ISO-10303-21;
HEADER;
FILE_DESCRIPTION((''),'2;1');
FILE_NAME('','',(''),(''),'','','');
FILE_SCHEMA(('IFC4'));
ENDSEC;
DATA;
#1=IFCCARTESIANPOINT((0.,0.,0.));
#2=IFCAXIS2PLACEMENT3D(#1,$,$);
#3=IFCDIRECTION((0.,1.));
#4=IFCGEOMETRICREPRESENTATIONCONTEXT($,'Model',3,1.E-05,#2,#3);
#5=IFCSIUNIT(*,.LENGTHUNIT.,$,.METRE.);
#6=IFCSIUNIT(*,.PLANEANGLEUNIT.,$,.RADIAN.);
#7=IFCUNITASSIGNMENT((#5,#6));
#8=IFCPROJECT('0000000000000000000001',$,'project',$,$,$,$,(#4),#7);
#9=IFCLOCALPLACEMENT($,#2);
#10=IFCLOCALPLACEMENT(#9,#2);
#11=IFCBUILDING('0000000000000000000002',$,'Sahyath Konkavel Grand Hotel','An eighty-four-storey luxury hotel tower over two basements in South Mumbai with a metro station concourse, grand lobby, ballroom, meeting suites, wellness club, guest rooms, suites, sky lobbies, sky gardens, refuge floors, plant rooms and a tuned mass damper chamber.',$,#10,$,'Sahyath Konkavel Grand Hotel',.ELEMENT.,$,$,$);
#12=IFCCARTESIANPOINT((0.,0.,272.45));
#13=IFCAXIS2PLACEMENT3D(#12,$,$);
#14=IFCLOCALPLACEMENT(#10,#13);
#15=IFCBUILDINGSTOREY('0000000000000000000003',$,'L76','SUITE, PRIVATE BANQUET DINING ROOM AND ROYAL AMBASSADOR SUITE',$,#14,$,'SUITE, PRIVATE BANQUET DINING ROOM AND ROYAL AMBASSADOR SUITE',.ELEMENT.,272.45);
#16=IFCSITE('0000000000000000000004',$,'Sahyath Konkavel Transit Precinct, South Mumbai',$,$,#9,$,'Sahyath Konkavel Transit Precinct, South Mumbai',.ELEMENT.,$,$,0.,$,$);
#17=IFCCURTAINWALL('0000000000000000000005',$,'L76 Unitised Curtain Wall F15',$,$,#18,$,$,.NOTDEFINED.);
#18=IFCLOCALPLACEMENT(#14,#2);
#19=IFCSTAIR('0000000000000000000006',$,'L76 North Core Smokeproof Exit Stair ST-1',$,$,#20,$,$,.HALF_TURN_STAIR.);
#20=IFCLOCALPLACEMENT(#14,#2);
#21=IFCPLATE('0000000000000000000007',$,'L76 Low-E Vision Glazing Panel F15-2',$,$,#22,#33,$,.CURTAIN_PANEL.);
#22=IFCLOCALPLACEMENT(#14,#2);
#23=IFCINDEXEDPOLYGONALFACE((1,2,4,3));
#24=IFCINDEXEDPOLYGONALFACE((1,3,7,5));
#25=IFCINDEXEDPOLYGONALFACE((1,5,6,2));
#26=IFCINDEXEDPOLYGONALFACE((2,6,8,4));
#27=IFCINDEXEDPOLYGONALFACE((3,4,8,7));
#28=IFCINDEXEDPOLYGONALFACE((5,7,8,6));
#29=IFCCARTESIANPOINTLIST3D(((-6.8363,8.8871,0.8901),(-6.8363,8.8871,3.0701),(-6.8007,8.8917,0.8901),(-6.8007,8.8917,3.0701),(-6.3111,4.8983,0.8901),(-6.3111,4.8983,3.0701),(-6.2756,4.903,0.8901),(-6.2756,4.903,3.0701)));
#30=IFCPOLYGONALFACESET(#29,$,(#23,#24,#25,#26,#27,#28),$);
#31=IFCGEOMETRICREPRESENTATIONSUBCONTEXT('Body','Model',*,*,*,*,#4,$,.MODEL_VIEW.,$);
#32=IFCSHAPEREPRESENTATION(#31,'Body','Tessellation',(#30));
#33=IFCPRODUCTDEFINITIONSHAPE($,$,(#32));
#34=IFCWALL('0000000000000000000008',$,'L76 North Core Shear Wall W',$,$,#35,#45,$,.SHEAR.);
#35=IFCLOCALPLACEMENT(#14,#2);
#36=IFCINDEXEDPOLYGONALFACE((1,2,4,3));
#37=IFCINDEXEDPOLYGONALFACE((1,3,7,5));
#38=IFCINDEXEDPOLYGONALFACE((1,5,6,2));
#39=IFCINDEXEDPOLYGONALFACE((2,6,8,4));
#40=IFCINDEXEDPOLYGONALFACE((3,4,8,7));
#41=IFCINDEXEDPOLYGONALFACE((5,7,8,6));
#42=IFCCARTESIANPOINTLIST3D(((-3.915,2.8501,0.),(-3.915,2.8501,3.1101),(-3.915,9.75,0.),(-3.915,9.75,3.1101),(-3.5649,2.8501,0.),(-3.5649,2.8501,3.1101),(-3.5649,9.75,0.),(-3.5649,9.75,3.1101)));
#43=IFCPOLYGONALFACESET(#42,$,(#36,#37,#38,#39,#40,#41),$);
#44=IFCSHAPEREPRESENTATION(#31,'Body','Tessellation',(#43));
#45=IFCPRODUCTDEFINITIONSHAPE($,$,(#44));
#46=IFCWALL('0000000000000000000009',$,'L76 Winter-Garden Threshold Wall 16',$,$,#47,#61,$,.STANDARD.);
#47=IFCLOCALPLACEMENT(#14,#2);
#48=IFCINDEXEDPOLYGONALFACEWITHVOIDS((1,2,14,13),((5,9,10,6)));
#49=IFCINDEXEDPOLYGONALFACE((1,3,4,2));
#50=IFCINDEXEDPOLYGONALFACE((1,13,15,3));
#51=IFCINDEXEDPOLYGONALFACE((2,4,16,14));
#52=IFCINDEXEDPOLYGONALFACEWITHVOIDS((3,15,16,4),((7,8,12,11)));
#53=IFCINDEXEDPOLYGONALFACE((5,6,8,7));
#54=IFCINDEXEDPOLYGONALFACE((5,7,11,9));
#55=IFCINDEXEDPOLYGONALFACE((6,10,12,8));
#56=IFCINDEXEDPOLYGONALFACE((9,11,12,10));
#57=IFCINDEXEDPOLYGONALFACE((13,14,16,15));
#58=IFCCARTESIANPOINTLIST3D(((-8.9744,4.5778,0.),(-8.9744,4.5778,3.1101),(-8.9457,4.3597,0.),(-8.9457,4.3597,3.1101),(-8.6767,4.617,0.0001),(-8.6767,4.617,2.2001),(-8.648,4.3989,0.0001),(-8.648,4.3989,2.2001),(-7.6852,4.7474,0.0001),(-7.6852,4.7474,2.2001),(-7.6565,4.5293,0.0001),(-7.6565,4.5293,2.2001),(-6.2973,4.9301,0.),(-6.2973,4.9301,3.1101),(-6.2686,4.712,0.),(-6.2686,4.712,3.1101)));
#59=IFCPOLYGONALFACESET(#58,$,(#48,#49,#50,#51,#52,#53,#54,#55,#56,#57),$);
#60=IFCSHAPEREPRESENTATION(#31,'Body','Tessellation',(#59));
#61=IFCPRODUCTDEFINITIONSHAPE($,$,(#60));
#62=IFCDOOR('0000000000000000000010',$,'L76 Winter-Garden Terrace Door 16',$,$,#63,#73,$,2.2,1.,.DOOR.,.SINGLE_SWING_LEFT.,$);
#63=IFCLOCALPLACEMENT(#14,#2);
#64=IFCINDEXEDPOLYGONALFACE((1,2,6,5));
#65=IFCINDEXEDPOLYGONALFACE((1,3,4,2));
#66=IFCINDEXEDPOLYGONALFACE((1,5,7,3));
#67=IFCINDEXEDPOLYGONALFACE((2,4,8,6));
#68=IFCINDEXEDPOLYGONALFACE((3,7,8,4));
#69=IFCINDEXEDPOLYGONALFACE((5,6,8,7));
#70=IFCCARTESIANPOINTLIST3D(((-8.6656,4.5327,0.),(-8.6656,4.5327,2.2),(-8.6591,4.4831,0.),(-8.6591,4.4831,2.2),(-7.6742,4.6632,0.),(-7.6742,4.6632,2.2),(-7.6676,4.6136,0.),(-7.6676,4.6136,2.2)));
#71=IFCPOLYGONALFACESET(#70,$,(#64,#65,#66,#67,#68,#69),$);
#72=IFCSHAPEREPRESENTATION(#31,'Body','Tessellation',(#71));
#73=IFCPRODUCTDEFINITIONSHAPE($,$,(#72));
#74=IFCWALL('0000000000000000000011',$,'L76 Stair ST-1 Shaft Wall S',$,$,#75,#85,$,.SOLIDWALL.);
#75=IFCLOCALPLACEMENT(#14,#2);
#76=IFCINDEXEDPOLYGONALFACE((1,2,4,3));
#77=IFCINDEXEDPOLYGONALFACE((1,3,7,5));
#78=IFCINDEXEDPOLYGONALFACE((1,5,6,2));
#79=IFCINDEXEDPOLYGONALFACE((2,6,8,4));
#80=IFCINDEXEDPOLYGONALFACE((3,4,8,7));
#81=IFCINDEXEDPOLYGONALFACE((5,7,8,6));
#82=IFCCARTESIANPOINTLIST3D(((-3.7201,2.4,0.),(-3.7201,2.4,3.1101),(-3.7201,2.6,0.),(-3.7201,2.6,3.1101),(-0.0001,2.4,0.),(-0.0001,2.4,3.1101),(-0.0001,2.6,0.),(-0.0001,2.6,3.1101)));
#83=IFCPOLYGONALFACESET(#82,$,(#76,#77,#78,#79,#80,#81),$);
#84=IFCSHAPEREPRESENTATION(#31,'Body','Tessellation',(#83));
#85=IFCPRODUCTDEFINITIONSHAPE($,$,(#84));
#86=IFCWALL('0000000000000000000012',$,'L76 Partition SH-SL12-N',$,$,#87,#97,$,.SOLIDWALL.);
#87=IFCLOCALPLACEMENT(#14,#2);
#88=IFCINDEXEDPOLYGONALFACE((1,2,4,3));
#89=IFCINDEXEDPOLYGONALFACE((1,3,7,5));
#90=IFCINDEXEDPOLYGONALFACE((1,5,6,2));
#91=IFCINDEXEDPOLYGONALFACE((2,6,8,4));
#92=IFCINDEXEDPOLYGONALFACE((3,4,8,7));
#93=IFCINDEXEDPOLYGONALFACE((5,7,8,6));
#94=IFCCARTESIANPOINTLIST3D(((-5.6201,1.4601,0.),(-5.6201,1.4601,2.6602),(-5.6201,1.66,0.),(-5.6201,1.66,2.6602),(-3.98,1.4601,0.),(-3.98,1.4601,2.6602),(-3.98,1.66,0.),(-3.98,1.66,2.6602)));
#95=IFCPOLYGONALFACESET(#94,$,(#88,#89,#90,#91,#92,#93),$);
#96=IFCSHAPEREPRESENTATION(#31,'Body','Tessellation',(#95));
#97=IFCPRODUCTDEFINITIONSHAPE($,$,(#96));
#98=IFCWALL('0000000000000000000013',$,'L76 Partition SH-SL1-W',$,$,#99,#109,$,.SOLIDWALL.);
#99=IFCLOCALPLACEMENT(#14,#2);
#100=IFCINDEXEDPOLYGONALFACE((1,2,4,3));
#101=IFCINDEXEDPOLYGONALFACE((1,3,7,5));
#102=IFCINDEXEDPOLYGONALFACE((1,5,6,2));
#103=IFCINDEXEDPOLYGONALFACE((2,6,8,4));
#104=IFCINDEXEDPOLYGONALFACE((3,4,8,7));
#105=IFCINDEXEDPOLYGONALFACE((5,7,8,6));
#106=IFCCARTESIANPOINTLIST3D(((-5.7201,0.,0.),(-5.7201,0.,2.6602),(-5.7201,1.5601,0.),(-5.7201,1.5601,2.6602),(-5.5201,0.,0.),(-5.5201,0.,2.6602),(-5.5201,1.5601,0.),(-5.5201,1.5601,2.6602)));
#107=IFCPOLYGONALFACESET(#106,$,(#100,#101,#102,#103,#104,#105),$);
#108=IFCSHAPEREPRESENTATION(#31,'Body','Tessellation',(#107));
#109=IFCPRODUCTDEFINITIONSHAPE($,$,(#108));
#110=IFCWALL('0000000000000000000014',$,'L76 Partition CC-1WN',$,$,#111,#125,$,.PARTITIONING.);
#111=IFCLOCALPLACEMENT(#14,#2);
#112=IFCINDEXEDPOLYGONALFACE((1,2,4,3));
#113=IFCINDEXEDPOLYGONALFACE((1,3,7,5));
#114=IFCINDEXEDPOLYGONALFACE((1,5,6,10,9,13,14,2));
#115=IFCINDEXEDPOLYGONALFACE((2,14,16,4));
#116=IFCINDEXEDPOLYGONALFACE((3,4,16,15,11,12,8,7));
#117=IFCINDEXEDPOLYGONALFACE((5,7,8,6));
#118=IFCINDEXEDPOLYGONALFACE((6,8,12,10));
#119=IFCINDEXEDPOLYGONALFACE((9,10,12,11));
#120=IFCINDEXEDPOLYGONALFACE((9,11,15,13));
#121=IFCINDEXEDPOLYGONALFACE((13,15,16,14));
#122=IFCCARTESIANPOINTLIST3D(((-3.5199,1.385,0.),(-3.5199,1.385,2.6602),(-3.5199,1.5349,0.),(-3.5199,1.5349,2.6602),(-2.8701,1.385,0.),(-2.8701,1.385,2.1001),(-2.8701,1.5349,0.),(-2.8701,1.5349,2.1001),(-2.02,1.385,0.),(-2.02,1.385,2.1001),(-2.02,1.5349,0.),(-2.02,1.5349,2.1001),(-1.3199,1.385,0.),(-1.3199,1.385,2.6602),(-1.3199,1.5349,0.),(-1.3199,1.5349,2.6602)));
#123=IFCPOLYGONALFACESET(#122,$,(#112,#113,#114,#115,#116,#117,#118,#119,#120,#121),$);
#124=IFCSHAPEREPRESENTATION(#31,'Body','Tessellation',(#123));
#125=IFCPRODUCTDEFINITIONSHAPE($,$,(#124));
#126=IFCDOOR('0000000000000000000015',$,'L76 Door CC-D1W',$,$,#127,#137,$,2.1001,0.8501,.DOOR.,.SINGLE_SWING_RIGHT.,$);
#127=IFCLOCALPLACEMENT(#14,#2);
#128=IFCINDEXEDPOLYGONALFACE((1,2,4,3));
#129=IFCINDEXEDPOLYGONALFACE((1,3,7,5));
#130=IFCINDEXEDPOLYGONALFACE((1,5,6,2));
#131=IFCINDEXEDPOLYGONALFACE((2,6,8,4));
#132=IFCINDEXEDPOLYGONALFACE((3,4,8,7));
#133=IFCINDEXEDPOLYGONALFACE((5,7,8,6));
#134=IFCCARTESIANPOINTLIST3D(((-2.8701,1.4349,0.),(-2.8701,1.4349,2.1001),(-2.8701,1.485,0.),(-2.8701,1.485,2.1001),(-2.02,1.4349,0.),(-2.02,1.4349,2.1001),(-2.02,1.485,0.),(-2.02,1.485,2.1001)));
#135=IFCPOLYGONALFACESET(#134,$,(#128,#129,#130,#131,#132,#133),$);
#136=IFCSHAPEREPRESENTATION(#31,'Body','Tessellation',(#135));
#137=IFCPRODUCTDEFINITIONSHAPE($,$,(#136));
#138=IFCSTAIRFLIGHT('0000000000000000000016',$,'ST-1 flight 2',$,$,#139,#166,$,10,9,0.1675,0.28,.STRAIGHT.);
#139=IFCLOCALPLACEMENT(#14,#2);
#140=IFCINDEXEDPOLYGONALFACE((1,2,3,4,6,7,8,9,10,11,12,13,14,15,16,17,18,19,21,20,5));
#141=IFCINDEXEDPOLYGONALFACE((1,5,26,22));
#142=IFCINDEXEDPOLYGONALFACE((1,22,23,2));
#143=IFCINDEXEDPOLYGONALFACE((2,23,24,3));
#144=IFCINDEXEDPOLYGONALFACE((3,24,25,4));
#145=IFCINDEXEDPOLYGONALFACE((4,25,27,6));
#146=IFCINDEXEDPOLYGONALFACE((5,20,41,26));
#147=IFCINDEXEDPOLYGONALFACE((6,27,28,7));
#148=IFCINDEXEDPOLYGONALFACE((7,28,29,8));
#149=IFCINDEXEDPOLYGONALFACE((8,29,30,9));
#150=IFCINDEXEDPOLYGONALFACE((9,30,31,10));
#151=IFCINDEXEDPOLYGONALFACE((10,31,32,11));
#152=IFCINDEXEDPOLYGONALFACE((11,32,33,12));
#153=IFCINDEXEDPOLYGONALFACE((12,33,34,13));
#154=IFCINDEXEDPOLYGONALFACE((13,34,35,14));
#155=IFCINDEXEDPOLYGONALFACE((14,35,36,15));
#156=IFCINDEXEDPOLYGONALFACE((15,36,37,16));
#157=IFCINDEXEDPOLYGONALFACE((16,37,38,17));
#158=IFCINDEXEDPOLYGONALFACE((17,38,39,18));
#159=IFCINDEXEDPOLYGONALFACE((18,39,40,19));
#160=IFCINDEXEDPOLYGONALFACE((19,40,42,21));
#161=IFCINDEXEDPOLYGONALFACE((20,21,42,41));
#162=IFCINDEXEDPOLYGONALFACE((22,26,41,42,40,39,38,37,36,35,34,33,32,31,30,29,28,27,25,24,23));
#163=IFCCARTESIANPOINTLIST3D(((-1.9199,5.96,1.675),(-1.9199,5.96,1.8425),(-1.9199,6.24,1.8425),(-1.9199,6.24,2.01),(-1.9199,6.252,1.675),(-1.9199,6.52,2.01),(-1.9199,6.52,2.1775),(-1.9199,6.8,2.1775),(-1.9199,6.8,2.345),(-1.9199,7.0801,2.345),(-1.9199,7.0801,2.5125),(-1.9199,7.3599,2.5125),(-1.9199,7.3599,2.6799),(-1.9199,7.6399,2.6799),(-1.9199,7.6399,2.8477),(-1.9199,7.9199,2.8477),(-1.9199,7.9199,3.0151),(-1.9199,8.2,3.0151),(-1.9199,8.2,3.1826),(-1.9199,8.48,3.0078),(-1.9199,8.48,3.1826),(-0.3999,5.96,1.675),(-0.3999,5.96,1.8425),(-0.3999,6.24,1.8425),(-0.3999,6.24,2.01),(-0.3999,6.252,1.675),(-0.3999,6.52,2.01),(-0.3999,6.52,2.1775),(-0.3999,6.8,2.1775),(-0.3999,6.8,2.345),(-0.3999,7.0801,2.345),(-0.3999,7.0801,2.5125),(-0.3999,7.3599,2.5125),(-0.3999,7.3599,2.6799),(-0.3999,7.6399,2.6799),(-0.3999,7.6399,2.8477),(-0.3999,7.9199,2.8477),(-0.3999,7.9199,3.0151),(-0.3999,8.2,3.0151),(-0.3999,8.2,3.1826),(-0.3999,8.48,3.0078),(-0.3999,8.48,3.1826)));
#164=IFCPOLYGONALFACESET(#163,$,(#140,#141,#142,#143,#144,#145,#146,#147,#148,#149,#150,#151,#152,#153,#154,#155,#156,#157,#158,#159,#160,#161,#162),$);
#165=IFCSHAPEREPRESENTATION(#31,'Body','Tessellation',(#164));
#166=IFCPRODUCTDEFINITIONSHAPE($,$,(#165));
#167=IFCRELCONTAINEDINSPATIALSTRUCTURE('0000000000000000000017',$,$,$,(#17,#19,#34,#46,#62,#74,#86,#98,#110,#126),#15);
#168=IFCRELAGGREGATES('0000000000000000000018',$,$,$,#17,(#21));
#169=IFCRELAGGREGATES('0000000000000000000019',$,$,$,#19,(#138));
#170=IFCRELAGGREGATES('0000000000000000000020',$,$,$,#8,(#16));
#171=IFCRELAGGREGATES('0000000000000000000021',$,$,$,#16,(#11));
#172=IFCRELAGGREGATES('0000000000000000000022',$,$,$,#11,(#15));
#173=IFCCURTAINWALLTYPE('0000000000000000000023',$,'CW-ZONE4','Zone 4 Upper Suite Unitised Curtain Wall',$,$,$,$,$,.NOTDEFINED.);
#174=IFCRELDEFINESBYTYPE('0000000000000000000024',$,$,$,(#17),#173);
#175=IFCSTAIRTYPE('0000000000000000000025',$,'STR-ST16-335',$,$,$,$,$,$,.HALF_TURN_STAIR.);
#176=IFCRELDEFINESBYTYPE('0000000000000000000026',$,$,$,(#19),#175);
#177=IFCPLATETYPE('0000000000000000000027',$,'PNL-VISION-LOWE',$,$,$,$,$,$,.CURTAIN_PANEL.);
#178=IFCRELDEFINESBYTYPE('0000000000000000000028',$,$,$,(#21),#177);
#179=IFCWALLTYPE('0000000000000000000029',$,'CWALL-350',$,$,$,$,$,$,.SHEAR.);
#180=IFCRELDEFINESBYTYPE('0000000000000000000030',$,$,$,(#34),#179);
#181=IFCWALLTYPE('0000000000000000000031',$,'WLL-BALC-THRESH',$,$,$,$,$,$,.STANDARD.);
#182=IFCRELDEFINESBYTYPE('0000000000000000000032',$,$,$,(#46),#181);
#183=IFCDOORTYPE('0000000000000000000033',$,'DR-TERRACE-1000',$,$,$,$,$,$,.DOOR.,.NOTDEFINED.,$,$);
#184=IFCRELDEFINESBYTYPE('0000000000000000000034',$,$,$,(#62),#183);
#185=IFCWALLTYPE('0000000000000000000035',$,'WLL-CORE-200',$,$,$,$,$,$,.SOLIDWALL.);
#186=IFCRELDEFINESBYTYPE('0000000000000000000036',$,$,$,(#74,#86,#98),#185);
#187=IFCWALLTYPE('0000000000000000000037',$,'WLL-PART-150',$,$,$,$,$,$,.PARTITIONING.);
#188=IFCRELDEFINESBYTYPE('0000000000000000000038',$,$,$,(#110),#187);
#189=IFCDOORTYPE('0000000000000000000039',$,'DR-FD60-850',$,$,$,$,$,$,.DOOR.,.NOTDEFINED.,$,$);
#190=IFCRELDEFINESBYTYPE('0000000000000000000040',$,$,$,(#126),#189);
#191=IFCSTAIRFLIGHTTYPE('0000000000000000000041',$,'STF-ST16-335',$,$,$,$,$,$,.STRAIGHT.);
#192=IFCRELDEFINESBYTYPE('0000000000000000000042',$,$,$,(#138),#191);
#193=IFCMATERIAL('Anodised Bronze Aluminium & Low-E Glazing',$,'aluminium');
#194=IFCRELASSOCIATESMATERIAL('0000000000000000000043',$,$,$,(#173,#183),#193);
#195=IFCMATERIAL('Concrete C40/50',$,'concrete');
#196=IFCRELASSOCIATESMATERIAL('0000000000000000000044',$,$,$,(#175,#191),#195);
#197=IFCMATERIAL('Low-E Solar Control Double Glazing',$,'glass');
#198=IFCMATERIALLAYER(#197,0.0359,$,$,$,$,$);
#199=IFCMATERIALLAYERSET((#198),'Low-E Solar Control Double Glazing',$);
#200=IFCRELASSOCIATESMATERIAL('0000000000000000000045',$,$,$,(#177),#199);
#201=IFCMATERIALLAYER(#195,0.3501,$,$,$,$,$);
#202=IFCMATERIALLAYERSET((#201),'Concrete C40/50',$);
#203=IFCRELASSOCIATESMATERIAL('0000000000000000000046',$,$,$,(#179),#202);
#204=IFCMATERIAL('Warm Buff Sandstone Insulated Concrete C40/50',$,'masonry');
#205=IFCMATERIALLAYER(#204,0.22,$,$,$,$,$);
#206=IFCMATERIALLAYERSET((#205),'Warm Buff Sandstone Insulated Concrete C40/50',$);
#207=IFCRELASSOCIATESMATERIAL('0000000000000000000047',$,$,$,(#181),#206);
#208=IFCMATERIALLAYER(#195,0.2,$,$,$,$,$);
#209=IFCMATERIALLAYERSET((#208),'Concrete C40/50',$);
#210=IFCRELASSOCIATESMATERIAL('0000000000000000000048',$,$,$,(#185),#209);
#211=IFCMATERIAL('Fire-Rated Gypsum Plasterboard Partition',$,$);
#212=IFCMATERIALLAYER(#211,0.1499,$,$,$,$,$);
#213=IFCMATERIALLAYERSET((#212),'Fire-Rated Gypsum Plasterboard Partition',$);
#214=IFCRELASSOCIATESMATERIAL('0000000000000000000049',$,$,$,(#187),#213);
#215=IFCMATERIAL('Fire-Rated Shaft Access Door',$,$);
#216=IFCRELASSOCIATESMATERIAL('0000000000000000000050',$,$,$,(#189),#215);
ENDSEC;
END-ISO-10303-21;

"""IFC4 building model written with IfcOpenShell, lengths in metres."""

from ifc_helpers import new_model, si_unit, direction, frame, frame_2d, origin, origin_2d, place, context, subcontext, project, spatial, polyline, rectangle, outline, extrude, source, transform, mapped, material, layer, layer_set, type_object, element, fill, aggregate, save


model = new_model("IFC4")

# Units and contexts
model_context = context("Model", 3, precision=1e-05, world=origin(), true_north=direction((0.0, 1.0)))
body_context = subcontext(model_context, "Body", "Model", "MODEL_VIEW")
ifc_project = project(units=[si_unit("LENGTHUNIT", "METRE"), si_unit("PLANEANGLEUNIT", "RADIAN")], contexts=[model_context])

# Site, building, storey
site_placement = place(None, origin())
site = spatial("IfcSite", under=ifc_project, at=site_placement, Name="Sahyath Konkavel Transit Precinct, South Mumbai", LongName="Sahyath Konkavel Transit Precinct, South Mumbai", CompositionType="ELEMENT", RefElevation=0.0)
building_placement = place(site_placement, origin())
building = spatial("IfcBuilding", under=site, at=building_placement, Name="Sahyath Konkavel Grand Hotel", Description="An eighty-four-storey luxury hotel tower over two basements in South Mumbai with a metro station concourse, grand lobby, ballroom, meeting suites, wellness club, guest rooms, suites, sky lobbies, sky gardens, refuge floors, plant rooms and a tuned mass damper chamber.", LongName="Sahyath Konkavel Grand Hotel", CompositionType="ELEMENT")
storey_placement = place(building_placement, frame((0.0, 0.0, 272.45)))
storey = spatial("IfcBuildingStorey", under=building, at=storey_placement, Name="L76", Description="SUITE, PRIVATE BANQUET DINING ROOM AND ROYAL AMBASSADOR SUITE", LongName="SUITE, PRIVATE BANQUET DINING ROOM AND ROYAL AMBASSADOR SUITE", CompositionType="ELEMENT", Elevation=272.45)

# Shared definitions
ifc_material_1 = material(Name="Concrete C40/50", Category="concrete")

# Curtain wall
ifc_material_2 = material(Name="Anodised Bronze Aluminium & Low-E Glazing", Category="aluminium")
curtain_wall_type = type_object("IfcCurtainWallType", Name="CW-ZONE4", Description="Zone 4 Upper Suite Unitised Curtain Wall", PredefinedType="NOTDEFINED", material=ifc_material_2)
curtain_wall_placement = place(storey_placement, origin())
curtain_wall = element("IfcCurtainWall", 1, at=curtain_wall_placement, inside=storey, type_object=curtain_wall_type, Name="L76 Unitised Curtain Wall F15", PredefinedType="NOTDEFINED")

# Stair
stair_type = type_object("IfcStairType", Name="STR-ST16-335", PredefinedType="HALF_TURN_STAIR", material=ifc_material_1)
stair_1_placement = place(storey_placement, origin())
stair_1 = element("IfcStair", 2, at=stair_1_placement, inside=storey, type_object=stair_type, Name="L76 North Core Smokeproof Exit Stair ST-1", PredefinedType="HALF_TURN_STAIR")

# Plate
ifc_material_3 = material(Name="Low-E Solar Control Double Glazing", Category="glass")
ifc_layer_1 = layer(ifc_material_3, 0.0359)
ifc_layer_set_1 = layer_set([ifc_layer_1], Name="Low-E Solar Control Double Glazing")
plate_type_1 = type_object("IfcPlateType", Name="PNL-VISION-LOWE", PredefinedType="CURTAIN_PANEL", material=ifc_layer_set_1)
shared_shape_1 = source(origin(), body_context, "Body", "SweptSolid", [
    extrude(rectangle(XDim=4.0232, YDim=0.0359, at=origin_2d()), origin(), (0.0, 0.0, 1.0), 2.1799),
])
plate_1_placement = place(storey_placement, frame((-6.5559, 6.895, 0.8901), z_axis=(0.0, 0.0, 1.0), x_axis=(0.130526, -0.991445, 0.0)))
plate_1 = element("IfcPlate", 3, at=plate_1_placement, type_object=plate_type_1, Name="L76 Low-E Vision Glazing Panel F15-2", PredefinedType="CURTAIN_PANEL", context=body_context, shape_type="MappedRepresentation", body=[
    mapped(shared_shape_1, transform((0.0, 0.0, 0.0), scale=1.0)),
])
aggregate(curtain_wall, [plate_1])

# Wall
ifc_layer_2 = layer(ifc_material_1, 0.3501)
ifc_layer_set_2 = layer_set([ifc_layer_2], Name="Concrete C40/50")
wall_type_1 = type_object("IfcWallType", Name="CWALL-350", PredefinedType="SHEAR", material=ifc_layer_set_2)
wall_1_placement = place(storey_placement, frame((-3.74, 2.8501, 0.0), z_axis=(0.0, 0.0, 1.0), x_axis=(0.0, 1.0, 0.0)))
element("IfcWall", 4, at=wall_1_placement, inside=storey, type_object=wall_type_1, Name="L76 North Core Shear Wall W", PredefinedType="SHEAR", context=body_context, shape_type="SweptSolid", body=[
    extrude(rectangle(XDim=6.8999, YDim=0.3501, at=frame_2d((3.45, 0.0))), origin(), (0.0, 0.0, 1.0), 3.1101),
])

# Wall, opening, door
ifc_material_4 = material(Name="Warm Buff Sandstone Insulated Concrete C40/50", Category="masonry")
ifc_layer_3 = layer(ifc_material_4, 0.22)
ifc_layer_set_3 = layer_set([ifc_layer_3], Name="Warm Buff Sandstone Insulated Concrete C40/50")
wall_type_2 = type_object("IfcWallType", Name="WLL-BALC-THRESH", PredefinedType="STANDARD", material=ifc_layer_set_3)
wall_2_placement = place(storey_placement, frame((-6.283, 4.821, 0.0), z_axis=(0.0, 0.0, 1.0), x_axis=(-0.991452, -0.130476, 0.0)))
wall_2 = element("IfcWall", 5, at=wall_2_placement, inside=storey, type_object=wall_type_2, Name="L76 Winter-Garden Threshold Wall 16", PredefinedType="STANDARD", context=body_context, shape_type="SweptSolid", body=[
    extrude(rectangle(XDim=2.7002, YDim=0.22, at=frame_2d((1.3501, 0.0))), origin(), (0.0, 0.0, 1.0), 3.1101),
])
opening_1_placement = place(wall_2_placement, frame((1.3999, 0.0, 0.0)))
opening_1 = element("IfcOpeningElement", 6, at=opening_1_placement, cuts=wall_2, PredefinedType="OPENING", context=body_context, shape_type="SweptSolid", body=[
    extrude(rectangle(XDim=1.0, YDim=2.2, at=frame_2d((0.5, 1.1001))), frame((0.0, 0.1201, 0.0), z_axis=(0.0, -1.0, 0.0), x_axis=(1.0, 0.0, 0.0)), (0.0, 0.0, 1.0), 0.24),
])
door_type_1 = type_object("IfcDoorType", Name="DR-TERRACE-1000", OperationType="NOTDEFINED", PredefinedType="DOOR", material=ifc_material_2)
shared_shape_2 = source(origin(), body_context, "Body", "SweptSolid", [
    extrude(rectangle(XDim=1.0, YDim=0.05, at=origin_2d()), origin(), (0.0, 0.0, 1.0), 2.2),
])
door_1_placement = place(opening_1_placement, frame((0.5, 0.0, 0.0)))
door_1 = element("IfcDoor", 7, at=door_1_placement, inside=storey, type_object=door_type_1, Name="L76 Winter-Garden Terrace Door 16", OperationType="SINGLE_SWING_LEFT", OverallHeight=2.2, OverallWidth=1.0, PredefinedType="DOOR", context=body_context, shape_type="MappedRepresentation", body=[
    mapped(shared_shape_2, transform((0.0, 0.0, 0.0), scale=1.0)),
])
fill(opening_1, door_1)

# Walls
ifc_layer_4 = layer(ifc_material_1, 0.2)
ifc_layer_set_4 = layer_set([ifc_layer_4], Name="Concrete C40/50")
wall_type_3 = type_object("IfcWallType", Name="WLL-CORE-200", PredefinedType="SOLIDWALL", material=ifc_layer_set_4)
wall_3_placement = place(storey_placement, frame((-3.72, 2.5, 0.0), z_axis=(0.0, 0.0, 1.0), x_axis=(1.0, 0.0, 0.0)))
element("IfcWall", 8, at=wall_3_placement, inside=storey, type_object=wall_type_3, Name="L76 Stair ST-1 Shaft Wall S", PredefinedType="SOLIDWALL", context=body_context, shape_type="SweptSolid", body=[
    extrude(rectangle(XDim=3.72, YDim=0.2, at=frame_2d((1.8599, 0.0))), origin(), (0.0, 0.0, 1.0), 3.1101),
])
wall_4_placement = place(storey_placement, frame((-5.6201, 1.5601, 0.0), z_axis=(0.0, 0.0, 1.0), x_axis=(1.0, 0.0, 0.0)))
element("IfcWall", 9, at=wall_4_placement, inside=storey, type_object=wall_type_3, Name="L76 Partition SH-SL12-N", PredefinedType="SOLIDWALL", context=body_context, shape_type="SweptSolid", body=[
    extrude(rectangle(XDim=1.6401, YDim=0.2, at=frame_2d((0.8201, 0.0))), origin(), (0.0, 0.0, 1.0), 2.6602),
])
wall_5_placement = place(storey_placement, frame((-5.6201, 0.0, 0.0), z_axis=(0.0, 0.0, 1.0), x_axis=(0.0, 1.0, 0.0)))
element("IfcWall", 10, at=wall_5_placement, inside=storey, type_object=wall_type_3, Name="L76 Partition SH-SL1-W", PredefinedType="SOLIDWALL", context=body_context, shape_type="SweptSolid", body=[
    extrude(rectangle(XDim=1.5601, YDim=0.2, at=frame_2d((0.78, 0.0))), origin(), (0.0, 0.0, 1.0), 2.6602),
])

# Wall, opening, door
ifc_material_5 = material(Name="Fire-Rated Gypsum Plasterboard Partition")
ifc_layer_5 = layer(ifc_material_5, 0.1499)
ifc_layer_set_5 = layer_set([ifc_layer_5], Name="Fire-Rated Gypsum Plasterboard Partition")
wall_type_4 = type_object("IfcWallType", Name="WLL-PART-150", PredefinedType="PARTITIONING", material=ifc_layer_set_5)
wall_6_placement = place(storey_placement, frame((-3.52, 1.46, 0.0), z_axis=(0.0, 0.0, 1.0), x_axis=(1.0, 0.0, 0.0)))
wall_6 = element("IfcWall", 11, at=wall_6_placement, inside=storey, type_object=wall_type_4, Name="L76 Partition CC-1WN", PredefinedType="PARTITIONING", context=body_context, shape_type="SweptSolid", body=[
    extrude(rectangle(XDim=2.2, YDim=0.1499, at=frame_2d((1.1001, 0.0))), origin(), (0.0, 0.0, 1.0), 2.6602),
])
opening_2_placement = place(wall_6_placement, frame((0.6499, 0.0, 0.0)))
opening_2 = element("IfcOpeningElement", 12, at=opening_2_placement, cuts=wall_6, PredefinedType="OPENING", context=body_context, shape_type="SweptSolid", body=[
    extrude(rectangle(XDim=0.8501, YDim=2.1001, at=frame_2d((0.425, 1.05))), frame((0.0, 0.085, 0.0), z_axis=(0.0, -1.0, 0.0), x_axis=(1.0, 0.0, 0.0)), (0.0, 0.0, 1.0), 0.1699),
])
ifc_material_6 = material(Name="Fire-Rated Shaft Access Door")
door_type_2 = type_object("IfcDoorType", Name="DR-FD60-850", OperationType="NOTDEFINED", PredefinedType="DOOR", material=ifc_material_6)
shared_shape_3 = source(origin(), body_context, "Body", "SweptSolid", [
    extrude(rectangle(XDim=0.8501, YDim=0.05, at=origin_2d()), origin(), (0.0, 0.0, 1.0), 2.1001),
])
door_2_placement = place(opening_2_placement, frame((0.425, 0.0, 0.0)))
door_2 = element("IfcDoor", 13, at=door_2_placement, inside=storey, type_object=door_type_2, Name="L76 Door CC-D1W", OperationType="SINGLE_SWING_RIGHT", OverallHeight=2.1001, OverallWidth=0.8501, PredefinedType="DOOR", context=body_context, shape_type="MappedRepresentation", body=[
    mapped(shared_shape_3, transform((0.0, 0.0, 0.0), scale=1.0)),
])
fill(opening_2, door_2)

# Stair flight
stair_flight_type = type_object("IfcStairFlightType", Name="STF-ST16-335", PredefinedType="STRAIGHT", material=ifc_material_1)
stair_flight_placement = place(storey_placement, frame((-1.1599, 5.96, 1.675), z_axis=(0.0, 0.0, 1.0), x_axis=(0.0, 1.0, 0.0)))
stair_flight = element("IfcStairFlight", 14, at=stair_flight_placement, type_object=stair_flight_type, Name="ST-1 flight 2", NumberOfRisers=10, NumberOfTreads=9, PredefinedType="STRAIGHT", RiserHeight=0.1675, TreadLength=0.28, context=body_context, shape_type="SweptSolid", body=[
    extrude(outline(polyline([(0.0, 0.0), (0.0, 0.1675), (0.28, 0.1675), (0.28, 0.335), (0.5601, 0.335), (0.5601, 0.5024), (0.8401, 0.5024), (0.8401, 0.6699), (1.1201, 0.6699), (1.1201, 0.8374), (1.3999, 0.8374), (1.3999, 1.0049), (1.6799, 1.0049), (1.6799, 1.1726), (1.96, 1.1726), (1.96, 1.3401), (2.24, 1.3401), (2.24, 1.5076), (2.52, 1.5076), (2.52, 1.675), (2.52, 1.3328), (0.292, 0.0), (0.0, 0.0)])), frame((0.0, 0.76, 0.0), z_axis=(0.0, -1.0, 0.0), x_axis=(1.0, 0.0, 0.0)), (0.0, 0.0, 1.0), 1.52),
])
aggregate(stair_1, [stair_flight])

save(model, "model.ifc")
